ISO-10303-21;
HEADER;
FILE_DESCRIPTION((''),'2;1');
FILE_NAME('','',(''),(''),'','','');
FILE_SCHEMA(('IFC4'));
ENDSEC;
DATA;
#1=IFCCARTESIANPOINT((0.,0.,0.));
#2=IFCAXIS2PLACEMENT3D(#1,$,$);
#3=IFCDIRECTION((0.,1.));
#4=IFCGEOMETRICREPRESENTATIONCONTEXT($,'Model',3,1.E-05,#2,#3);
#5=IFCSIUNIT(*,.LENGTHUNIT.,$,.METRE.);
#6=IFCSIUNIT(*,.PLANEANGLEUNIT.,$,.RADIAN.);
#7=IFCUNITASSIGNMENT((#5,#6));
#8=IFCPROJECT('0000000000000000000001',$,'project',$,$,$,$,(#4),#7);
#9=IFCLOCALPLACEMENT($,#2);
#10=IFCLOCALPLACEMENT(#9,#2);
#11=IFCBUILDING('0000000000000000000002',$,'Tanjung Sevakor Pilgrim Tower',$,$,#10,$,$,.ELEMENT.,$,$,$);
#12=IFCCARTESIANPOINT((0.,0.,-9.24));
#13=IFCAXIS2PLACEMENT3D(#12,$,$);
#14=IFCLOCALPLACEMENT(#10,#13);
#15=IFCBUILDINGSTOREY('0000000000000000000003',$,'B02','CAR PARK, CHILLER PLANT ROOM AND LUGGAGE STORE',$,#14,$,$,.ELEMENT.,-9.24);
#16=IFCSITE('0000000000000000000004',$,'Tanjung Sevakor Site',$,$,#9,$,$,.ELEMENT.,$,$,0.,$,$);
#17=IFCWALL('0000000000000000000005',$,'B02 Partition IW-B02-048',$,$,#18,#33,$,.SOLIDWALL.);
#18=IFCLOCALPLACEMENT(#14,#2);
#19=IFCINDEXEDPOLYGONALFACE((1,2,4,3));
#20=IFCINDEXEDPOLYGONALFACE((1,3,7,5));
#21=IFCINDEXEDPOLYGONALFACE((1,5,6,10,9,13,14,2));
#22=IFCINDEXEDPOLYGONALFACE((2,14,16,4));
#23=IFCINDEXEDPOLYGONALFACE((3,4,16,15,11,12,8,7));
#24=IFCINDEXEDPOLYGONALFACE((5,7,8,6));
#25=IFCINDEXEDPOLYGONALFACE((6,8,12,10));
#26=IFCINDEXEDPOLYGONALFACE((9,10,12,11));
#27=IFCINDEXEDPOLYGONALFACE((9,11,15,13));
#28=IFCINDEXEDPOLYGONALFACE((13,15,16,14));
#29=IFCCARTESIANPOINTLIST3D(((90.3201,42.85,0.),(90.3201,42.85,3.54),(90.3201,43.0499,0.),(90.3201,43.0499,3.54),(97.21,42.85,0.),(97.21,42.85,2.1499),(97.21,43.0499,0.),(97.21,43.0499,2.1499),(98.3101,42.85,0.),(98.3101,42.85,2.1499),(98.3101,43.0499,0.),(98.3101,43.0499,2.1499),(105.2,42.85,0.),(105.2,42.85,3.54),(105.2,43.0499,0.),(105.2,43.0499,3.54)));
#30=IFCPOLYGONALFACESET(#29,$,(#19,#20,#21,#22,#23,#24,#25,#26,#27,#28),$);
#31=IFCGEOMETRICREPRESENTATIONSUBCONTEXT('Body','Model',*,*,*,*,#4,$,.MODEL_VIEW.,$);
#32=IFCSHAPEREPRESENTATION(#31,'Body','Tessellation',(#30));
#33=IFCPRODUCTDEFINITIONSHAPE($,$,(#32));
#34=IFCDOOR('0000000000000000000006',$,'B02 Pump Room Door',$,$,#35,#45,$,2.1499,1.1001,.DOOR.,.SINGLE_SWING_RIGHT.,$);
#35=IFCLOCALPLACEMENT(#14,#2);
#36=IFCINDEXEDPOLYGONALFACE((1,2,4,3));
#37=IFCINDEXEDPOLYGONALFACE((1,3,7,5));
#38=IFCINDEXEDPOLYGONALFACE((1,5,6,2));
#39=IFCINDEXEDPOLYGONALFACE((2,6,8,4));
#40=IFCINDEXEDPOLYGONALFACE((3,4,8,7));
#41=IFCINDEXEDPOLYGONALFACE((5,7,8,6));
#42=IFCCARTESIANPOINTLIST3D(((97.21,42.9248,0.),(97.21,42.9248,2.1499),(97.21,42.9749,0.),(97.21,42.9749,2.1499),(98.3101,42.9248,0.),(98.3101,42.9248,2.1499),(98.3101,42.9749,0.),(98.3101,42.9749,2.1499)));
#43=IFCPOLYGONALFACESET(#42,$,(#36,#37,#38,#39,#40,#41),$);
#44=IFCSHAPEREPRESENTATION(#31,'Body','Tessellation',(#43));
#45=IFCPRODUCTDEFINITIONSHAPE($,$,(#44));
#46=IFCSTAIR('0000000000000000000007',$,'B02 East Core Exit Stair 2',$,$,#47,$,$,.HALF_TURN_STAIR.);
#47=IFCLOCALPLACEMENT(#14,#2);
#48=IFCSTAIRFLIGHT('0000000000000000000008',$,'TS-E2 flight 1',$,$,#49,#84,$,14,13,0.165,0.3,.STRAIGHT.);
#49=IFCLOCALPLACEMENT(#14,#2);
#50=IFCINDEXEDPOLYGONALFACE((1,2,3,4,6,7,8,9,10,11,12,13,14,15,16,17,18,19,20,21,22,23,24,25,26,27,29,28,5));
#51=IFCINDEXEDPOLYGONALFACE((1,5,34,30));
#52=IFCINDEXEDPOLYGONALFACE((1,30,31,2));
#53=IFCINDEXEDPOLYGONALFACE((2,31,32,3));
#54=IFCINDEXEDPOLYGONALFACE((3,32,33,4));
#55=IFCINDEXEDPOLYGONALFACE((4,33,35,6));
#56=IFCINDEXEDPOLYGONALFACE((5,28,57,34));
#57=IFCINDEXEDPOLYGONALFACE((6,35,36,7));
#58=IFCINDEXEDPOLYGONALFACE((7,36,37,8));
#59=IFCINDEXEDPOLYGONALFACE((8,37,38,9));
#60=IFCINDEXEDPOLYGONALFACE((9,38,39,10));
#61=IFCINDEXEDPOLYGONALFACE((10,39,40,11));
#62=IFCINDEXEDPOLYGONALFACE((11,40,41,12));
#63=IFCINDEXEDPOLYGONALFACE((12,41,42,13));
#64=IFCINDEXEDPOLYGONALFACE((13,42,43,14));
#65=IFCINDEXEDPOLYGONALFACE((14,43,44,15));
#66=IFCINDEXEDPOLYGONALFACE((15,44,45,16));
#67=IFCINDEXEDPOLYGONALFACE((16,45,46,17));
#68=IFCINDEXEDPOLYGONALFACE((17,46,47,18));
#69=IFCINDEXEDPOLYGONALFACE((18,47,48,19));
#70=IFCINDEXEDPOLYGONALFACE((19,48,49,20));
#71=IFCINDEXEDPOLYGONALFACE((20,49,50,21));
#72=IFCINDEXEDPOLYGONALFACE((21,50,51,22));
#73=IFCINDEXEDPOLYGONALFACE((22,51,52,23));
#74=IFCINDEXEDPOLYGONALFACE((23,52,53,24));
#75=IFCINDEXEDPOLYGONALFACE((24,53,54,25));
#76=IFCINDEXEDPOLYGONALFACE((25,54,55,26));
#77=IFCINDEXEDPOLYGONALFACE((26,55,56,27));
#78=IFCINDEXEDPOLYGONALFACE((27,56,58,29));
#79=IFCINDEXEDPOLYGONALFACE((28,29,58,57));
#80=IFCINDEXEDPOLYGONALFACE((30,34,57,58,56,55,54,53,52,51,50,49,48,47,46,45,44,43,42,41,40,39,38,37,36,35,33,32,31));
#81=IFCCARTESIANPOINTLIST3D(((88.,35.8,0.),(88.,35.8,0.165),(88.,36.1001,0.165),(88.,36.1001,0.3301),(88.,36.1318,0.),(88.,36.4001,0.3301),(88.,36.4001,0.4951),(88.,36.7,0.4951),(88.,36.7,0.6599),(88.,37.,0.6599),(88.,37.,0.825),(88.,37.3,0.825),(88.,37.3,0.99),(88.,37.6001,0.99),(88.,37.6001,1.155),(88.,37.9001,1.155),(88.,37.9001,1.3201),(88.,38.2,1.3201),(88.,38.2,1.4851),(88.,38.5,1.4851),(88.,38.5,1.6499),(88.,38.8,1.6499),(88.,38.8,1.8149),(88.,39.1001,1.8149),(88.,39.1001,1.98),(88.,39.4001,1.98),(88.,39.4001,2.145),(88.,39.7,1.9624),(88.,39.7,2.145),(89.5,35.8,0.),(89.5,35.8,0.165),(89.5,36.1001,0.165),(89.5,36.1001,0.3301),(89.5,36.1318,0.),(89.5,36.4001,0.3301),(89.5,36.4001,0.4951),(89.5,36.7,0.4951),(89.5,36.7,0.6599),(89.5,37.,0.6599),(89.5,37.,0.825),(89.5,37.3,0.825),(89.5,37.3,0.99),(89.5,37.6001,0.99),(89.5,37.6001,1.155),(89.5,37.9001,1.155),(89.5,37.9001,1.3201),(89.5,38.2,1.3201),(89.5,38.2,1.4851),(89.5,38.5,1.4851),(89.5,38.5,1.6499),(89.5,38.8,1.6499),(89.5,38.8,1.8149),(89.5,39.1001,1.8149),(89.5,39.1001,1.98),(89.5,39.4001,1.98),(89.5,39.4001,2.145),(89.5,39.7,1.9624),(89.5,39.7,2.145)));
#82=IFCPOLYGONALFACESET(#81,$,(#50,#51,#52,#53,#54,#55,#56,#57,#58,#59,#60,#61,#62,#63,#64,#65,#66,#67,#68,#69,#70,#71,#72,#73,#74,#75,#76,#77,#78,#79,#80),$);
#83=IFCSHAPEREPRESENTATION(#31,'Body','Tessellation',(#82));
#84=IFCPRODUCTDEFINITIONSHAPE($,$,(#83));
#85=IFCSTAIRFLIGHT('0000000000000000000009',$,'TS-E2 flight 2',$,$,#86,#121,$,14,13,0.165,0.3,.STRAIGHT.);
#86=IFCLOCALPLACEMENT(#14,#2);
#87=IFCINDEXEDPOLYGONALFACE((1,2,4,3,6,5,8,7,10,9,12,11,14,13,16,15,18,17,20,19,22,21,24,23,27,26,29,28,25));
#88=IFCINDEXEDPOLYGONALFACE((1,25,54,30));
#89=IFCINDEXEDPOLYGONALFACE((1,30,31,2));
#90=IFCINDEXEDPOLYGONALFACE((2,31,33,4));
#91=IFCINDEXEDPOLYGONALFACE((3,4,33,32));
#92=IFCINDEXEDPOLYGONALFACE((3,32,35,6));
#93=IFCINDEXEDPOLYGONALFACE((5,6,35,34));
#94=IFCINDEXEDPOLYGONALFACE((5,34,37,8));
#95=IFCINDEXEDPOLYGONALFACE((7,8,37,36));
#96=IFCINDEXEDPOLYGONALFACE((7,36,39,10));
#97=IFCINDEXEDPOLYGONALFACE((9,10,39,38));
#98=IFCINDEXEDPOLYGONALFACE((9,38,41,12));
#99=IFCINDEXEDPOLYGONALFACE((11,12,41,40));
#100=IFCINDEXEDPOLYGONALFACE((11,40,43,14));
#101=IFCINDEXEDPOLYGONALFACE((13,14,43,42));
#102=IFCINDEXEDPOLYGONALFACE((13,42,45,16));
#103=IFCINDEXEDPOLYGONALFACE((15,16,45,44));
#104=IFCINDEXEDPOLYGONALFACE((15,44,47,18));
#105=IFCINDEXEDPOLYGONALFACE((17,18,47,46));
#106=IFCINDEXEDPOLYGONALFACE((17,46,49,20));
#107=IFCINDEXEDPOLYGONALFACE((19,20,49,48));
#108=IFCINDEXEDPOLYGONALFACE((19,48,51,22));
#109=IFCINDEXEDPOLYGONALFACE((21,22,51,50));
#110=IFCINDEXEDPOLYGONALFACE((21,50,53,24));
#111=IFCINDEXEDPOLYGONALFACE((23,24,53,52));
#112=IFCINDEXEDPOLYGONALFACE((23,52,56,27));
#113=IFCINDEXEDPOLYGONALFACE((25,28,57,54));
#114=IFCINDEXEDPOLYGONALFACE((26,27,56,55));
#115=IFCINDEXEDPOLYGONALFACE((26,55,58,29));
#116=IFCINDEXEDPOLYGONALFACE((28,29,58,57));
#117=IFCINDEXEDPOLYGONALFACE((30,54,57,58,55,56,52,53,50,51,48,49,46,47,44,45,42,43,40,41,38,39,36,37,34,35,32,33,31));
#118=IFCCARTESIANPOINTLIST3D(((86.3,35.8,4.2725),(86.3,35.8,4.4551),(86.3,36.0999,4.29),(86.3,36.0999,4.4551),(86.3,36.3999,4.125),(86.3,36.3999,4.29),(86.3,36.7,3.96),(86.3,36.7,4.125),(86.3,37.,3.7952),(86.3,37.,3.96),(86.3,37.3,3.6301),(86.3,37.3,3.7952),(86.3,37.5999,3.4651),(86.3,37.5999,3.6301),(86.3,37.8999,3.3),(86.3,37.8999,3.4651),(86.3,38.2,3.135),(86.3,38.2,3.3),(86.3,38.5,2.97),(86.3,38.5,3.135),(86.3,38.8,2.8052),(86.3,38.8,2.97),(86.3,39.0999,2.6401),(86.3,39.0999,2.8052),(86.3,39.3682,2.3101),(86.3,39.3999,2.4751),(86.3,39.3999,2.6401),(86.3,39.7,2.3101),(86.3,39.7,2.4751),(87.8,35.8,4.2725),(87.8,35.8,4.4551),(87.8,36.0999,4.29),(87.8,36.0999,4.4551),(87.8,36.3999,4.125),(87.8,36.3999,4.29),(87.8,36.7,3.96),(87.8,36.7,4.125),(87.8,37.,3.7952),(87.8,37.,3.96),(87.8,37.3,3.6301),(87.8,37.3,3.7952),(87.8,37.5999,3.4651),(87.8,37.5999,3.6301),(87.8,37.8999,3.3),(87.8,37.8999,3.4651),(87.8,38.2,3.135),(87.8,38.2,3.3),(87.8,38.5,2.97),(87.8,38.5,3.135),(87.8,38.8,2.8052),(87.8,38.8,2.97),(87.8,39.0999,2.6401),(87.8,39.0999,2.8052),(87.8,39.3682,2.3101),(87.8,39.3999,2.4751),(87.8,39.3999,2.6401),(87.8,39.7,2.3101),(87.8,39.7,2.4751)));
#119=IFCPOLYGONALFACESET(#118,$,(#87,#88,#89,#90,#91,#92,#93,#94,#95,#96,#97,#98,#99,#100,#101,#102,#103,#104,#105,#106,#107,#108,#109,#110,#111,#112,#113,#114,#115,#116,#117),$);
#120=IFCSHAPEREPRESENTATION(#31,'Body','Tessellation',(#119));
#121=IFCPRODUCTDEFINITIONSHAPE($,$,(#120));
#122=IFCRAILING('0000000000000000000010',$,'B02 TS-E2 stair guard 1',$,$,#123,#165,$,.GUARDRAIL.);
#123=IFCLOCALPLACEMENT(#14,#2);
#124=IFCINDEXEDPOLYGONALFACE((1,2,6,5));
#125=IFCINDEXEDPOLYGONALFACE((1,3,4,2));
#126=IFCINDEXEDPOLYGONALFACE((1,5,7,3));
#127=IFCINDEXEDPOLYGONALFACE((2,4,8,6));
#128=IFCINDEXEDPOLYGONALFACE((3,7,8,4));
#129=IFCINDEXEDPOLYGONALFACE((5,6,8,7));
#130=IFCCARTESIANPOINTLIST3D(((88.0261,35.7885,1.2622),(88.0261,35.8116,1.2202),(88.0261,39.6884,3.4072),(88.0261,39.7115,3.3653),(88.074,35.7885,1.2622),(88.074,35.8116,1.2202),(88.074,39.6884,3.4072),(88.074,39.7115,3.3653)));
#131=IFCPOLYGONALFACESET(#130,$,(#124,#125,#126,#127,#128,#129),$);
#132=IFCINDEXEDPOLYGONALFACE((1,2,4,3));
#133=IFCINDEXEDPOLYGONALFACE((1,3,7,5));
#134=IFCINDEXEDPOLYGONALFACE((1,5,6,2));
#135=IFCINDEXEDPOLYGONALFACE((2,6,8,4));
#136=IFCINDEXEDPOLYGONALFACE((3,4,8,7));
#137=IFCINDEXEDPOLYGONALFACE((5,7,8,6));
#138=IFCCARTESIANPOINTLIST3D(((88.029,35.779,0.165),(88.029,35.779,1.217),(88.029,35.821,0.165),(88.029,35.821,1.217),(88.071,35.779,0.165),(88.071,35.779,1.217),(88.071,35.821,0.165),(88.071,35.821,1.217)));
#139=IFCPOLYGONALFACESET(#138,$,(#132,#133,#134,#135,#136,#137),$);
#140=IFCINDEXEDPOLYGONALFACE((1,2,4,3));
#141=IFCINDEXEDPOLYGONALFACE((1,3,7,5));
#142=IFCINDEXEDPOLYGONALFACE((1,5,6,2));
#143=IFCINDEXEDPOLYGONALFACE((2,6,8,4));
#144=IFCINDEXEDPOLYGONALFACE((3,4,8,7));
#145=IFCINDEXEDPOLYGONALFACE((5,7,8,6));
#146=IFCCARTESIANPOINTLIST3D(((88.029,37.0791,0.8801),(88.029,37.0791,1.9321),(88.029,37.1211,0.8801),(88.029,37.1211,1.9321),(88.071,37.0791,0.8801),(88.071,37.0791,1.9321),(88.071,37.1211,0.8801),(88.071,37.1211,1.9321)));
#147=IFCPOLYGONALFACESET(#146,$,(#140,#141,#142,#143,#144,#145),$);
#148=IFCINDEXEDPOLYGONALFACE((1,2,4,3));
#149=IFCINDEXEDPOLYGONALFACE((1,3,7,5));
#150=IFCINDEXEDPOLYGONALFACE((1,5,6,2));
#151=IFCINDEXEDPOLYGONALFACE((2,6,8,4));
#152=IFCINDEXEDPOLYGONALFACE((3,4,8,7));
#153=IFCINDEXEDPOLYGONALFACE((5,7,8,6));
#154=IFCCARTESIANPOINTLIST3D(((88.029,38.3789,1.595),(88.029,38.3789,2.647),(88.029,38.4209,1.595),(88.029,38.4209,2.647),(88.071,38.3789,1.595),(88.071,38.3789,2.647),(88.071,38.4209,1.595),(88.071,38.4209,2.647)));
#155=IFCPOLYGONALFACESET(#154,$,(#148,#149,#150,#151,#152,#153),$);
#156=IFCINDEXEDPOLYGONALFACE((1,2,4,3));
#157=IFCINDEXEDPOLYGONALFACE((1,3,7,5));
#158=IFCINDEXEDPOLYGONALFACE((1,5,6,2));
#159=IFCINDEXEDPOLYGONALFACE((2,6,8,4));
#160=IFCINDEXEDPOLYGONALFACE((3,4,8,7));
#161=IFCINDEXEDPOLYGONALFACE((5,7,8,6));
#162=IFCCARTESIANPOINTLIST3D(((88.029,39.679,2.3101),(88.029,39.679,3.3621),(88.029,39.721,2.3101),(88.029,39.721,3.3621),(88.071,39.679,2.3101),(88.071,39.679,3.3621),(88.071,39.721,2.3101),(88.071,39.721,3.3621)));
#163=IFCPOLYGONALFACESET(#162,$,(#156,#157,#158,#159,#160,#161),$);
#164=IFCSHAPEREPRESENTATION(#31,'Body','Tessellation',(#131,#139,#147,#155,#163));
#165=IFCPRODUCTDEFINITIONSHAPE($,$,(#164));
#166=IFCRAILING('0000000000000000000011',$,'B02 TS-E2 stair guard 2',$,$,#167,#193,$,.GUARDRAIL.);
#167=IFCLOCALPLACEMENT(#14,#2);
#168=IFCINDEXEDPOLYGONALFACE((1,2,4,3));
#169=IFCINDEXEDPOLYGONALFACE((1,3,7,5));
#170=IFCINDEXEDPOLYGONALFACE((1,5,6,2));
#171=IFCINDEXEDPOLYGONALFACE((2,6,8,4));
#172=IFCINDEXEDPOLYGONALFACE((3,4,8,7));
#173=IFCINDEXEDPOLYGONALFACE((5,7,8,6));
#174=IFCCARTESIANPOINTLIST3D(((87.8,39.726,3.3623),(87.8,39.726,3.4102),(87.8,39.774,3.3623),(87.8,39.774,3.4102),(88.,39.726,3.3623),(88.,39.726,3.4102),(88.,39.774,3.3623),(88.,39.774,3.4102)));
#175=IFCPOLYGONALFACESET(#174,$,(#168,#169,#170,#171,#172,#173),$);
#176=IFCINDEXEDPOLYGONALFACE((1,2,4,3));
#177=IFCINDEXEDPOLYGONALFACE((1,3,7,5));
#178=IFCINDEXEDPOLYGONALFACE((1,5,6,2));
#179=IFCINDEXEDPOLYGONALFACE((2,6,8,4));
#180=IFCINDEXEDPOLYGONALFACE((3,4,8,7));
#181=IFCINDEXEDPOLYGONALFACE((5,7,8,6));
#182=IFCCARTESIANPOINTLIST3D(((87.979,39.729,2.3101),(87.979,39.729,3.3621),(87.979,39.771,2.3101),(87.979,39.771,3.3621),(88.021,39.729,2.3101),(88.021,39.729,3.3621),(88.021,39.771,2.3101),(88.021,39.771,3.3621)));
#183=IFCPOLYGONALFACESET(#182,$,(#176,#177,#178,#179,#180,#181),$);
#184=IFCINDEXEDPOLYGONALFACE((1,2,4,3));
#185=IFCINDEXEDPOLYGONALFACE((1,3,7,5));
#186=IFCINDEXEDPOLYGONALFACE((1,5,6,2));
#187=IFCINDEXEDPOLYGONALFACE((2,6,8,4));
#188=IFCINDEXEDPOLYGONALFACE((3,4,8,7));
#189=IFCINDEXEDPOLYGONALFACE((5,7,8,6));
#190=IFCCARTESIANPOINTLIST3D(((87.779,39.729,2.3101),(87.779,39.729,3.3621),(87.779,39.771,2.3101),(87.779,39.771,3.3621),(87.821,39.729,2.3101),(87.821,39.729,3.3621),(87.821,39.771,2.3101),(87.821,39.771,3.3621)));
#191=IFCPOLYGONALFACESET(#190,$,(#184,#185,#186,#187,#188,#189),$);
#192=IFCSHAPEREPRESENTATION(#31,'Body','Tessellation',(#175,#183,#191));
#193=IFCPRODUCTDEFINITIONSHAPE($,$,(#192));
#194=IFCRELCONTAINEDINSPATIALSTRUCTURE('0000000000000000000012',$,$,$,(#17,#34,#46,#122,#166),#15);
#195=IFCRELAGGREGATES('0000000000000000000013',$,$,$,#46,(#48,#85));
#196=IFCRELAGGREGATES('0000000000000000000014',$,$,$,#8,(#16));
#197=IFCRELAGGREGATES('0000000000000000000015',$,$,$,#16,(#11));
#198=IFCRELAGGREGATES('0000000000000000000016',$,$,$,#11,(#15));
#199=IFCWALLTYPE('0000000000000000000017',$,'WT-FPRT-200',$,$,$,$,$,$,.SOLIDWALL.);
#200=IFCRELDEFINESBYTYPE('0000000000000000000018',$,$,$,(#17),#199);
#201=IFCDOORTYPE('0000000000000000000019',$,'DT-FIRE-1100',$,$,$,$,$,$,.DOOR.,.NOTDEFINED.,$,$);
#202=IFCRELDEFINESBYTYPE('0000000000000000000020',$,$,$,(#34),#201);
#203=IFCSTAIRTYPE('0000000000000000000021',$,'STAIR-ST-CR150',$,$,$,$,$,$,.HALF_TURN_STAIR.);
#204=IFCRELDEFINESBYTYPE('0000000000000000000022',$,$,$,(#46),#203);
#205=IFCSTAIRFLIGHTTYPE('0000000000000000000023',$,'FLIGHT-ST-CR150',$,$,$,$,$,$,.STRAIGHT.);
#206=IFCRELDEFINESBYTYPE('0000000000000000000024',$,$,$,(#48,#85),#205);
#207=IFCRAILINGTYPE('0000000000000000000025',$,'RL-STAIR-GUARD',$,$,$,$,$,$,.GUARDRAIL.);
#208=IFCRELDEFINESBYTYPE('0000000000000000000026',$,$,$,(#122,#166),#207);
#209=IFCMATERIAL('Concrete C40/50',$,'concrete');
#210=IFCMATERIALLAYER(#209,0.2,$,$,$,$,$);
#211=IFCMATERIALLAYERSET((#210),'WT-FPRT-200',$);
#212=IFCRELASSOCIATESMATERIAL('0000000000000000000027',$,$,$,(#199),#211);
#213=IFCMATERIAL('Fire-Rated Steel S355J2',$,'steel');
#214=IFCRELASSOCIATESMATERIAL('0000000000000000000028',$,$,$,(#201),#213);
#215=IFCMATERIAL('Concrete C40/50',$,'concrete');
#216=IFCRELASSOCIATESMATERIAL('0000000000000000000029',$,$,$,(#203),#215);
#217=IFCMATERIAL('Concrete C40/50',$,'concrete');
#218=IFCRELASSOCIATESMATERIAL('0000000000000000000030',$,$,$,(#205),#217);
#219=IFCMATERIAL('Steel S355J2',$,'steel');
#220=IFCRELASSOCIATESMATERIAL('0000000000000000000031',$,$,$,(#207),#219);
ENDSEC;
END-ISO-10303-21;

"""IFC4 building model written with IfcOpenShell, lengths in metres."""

from ifc_helpers import new_model, si_unit, direction, frame, frame_2d, origin, place, context, subcontext, project, spatial, polyline, rectangle, outline, extrude, material, layer, layer_set, type_object, element, fill, aggregate, save


model = new_model("IFC4")

# Units and contexts
model_context = context("Model", 3, precision=1e-05, world=origin(), true_north=direction((0.0, 1.0)))
body_context = subcontext(model_context, "Body", "Model", "MODEL_VIEW")
ifc_project = project(units=[si_unit("LENGTHUNIT", "METRE"), si_unit("PLANEANGLEUNIT", "RADIAN")], contexts=[model_context])

# Site, building, storey
site_placement = place(None, origin())
site = spatial("IfcSite", under=ifc_project, at=site_placement, Name="Tanjung Sevakor Site", CompositionType="ELEMENT", RefElevation=0.0)
building_placement = place(site_placement, origin())
building = spatial("IfcBuilding", under=site, at=building_placement, Name="Tanjung Sevakor Pilgrim Tower", CompositionType="ELEMENT")
storey_placement = place(building_placement, frame((0.0, 0.0, -9.24)))
storey = spatial("IfcBuildingStorey", under=building, at=storey_placement, Name="B02", Description="CAR PARK, CHILLER PLANT ROOM AND LUGGAGE STORE", CompositionType="ELEMENT", Elevation=-9.24)

# Shared definitions
ifc_material_1 = material(Name="Concrete C40/50", Category="concrete")
ifc_layer_1 = layer(ifc_material_1, 0.2)
ifc_layer_set_1 = layer_set([ifc_layer_1], Name="WT-FPRT-200")
wall_type_1 = type_object("IfcWallType", Name="WT-FPRT-200", PredefinedType="SOLIDWALL", material=ifc_layer_set_1)

# Wall, opening, door
wall_1_placement = place(storey_placement, frame((90.3201, 42.95, 0.0), z_axis=(0.0, 0.0, 1.0), x_axis=(1.0, 0.0, 0.0)))
wall_1 = element("IfcWall", 1, at=wall_1_placement, inside=storey, type_object=wall_type_1, Name="B02 Partition IW-B02-048", PredefinedType="SOLIDWALL", context=body_context, shape_type="SweptSolid", body=[
    extrude(rectangle(XDim=14.8799, YDim=0.2, at=frame_2d((7.4399, 0.0))), origin(), (0.0, 0.0, 1.0), 3.54),
])
opening_placement = place(wall_1_placement, frame((6.8899, 0.0, 0.0)))
opening = element("IfcOpeningElement", 2, at=opening_placement, cuts=wall_1, PredefinedType="OPENING", context=body_context, shape_type="SweptSolid", body=[
    extrude(rectangle(XDim=1.1001, YDim=2.1499, at=frame_2d((0.55, 1.075))), frame((0.0, 0.1099, 0.0), z_axis=(0.0, -1.0, 0.0), x_axis=(1.0, 0.0, 0.0)), (0.0, 0.0, 1.0), 0.22),
])
ifc_material_2 = material(Name="Fire-Rated Steel S355J2", Category="steel")
door_type = type_object("IfcDoorType", Name="DT-FIRE-1100", OperationType="NOTDEFINED", PredefinedType="DOOR", material=ifc_material_2)
door_placement = place(opening_placement, origin())
door = element("IfcDoor", 3, at=door_placement, inside=storey, type_object=door_type, Name="B02 Pump Room Door", OperationType="SINGLE_SWING_RIGHT", OverallHeight=2.1499, OverallWidth=1.1001, PredefinedType="DOOR", context=body_context, shape_type="SweptSolid", body=[
    extrude(rectangle(XDim=1.1001, YDim=2.1499, at=frame_2d((0.55, 1.075))), frame((0.0, 0.0249, 0.0), z_axis=(0.0, -1.0, 0.0), x_axis=(1.0, 0.0, 0.0)), (0.0, 0.0, 1.0), 0.05),
])
fill(opening, door)

# Stair, stair flights
ifc_material_3 = material(Name="Concrete C40/50", Category="concrete")
stair_type = type_object("IfcStairType", Name="STAIR-ST-CR150", PredefinedType="HALF_TURN_STAIR", material=ifc_material_3)
stair_placement = place(storey_placement, origin())
stair = element("IfcStair", 4, at=stair_placement, inside=storey, type_object=stair_type, Name="B02 East Core Exit Stair 2", PredefinedType="HALF_TURN_STAIR")
ifc_material_4 = material(Name="Concrete C40/50", Category="concrete")
stair_flight_type = type_object("IfcStairFlightType", Name="FLIGHT-ST-CR150", PredefinedType="STRAIGHT", material=ifc_material_4)
stair_flight_1_placement = place(storey_placement, frame((88.75, 35.8, 0.0), z_axis=(0.0, 0.0, 1.0), x_axis=(0.0, 1.0, 0.0)))
stair_flight_1 = element("IfcStairFlight", 5, at=stair_flight_1_placement, type_object=stair_flight_type, Name="TS-E2 flight 1", NumberOfRisers=14, NumberOfTreads=13, PredefinedType="STRAIGHT", RiserHeight=0.165, TreadLength=0.3, context=body_context, shape_type="SweptSolid", body=[
    extrude(outline(polyline([(0.0, 0.0), (0.0, 0.165), (0.3, 0.165), (0.3, 0.3301), (0.6001, 0.3301), (0.6001, 0.4951), (0.8999, 0.4951), (0.8999, 0.6599), (1.2, 0.6599), (1.2, 0.825), (1.5, 0.825), (1.5, 0.99), (1.8, 0.99), (1.8, 1.155), (2.1001, 1.155), (2.1001, 1.3201), (2.3999, 1.3201), (2.3999, 1.4851), (2.7, 1.4851), (2.7, 1.6499), (3.0, 1.6499), (3.0, 1.8149), (3.3, 1.8149), (3.3, 1.98), (3.6001, 1.98), (3.6001, 2.145), (3.8999, 2.145), (3.8999, 2.3101), (3.8999, 1.9624), (0.3318, 0.0), (0.0, 0.0)])), frame((0.0, 0.75, 0.0), z_axis=(0.0, -1.0, 0.0), x_axis=(1.0, 0.0, 0.0)), (0.0, 0.0, 1.0), 1.5),
])
stair_flight_2_placement = place(storey_placement, frame((87.05, 39.7, 2.3101), z_axis=(0.0, 0.0, 1.0), x_axis=(0.0, -1.0, 0.0)))
stair_flight_2 = element("IfcStairFlight", 6, at=stair_flight_2_placement, type_object=stair_flight_type, Name="TS-E2 flight 2", NumberOfRisers=14, NumberOfTreads=13, PredefinedType="STRAIGHT", RiserHeight=0.165, TreadLength=0.3, context=body_context, shape_type="SweptSolid", body=[
    extrude(outline(polyline([(0.0, 0.0), (0.0, 0.165), (0.3, 0.165), (0.3, 0.3301), (0.6001, 0.3301), (0.6001, 0.4951), (0.8999, 0.4951), (0.8999, 0.6599), (1.2, 0.6599), (1.2, 0.825), (1.5, 0.825), (1.5, 0.99), (1.8, 0.99), (1.8, 1.155), (2.1001, 1.155), (2.1001, 1.3201), (2.3999, 1.3201), (2.3999, 1.4851), (2.7, 1.4851), (2.7, 1.6499), (3.0, 1.6499), (3.0, 1.8149), (3.3, 1.8149), (3.3, 1.98), (3.6001, 1.98), (3.6001, 2.145), (3.8999, 2.145), (3.8999, 2.3101), (3.8999, 1.9624), (0.3318, 0.0), (0.0, 0.0)])), frame((0.0, 0.75, 0.0), z_axis=(0.0, -1.0, 0.0), x_axis=(1.0, 0.0, 0.0)), (0.0, 0.0, 1.0), 1.5),
])
aggregate(stair, [stair_flight_1, stair_flight_2])

# Railings
ifc_material_5 = material(Name="Steel S355J2", Category="steel")
railing_type_1 = type_object("IfcRailingType", Name="RL-STAIR-GUARD", PredefinedType="GUARDRAIL", material=ifc_material_5)
railing_1_placement = place(storey_placement, frame((88.05, 35.8, 0.165)))
element("IfcRailing", 7, at=railing_1_placement, inside=storey, type_object=railing_type_1, Name="B02 TS-E2 stair guard 1", PredefinedType="GUARDRAIL", context=body_context, shape_type="SweptSolid", body=[
    extrude(rectangle(XDim=0.0479, YDim=0.0479), frame((0.0, 0.0, 1.0762), z_axis=(0.0, 0.876209, 0.481931), x_axis=(-1.0, 0.0, 0.0)), (0.0, 0.0, 1.0), 4.4509),
    extrude(rectangle(XDim=0.042, YDim=0.042), origin(), (0.0, 0.0, 1.0), 1.052),
    extrude(rectangle(XDim=0.042, YDim=0.042), frame((0.0, 1.3, 0.7151)), (0.0, 0.0, 1.0), 1.052),
    extrude(rectangle(XDim=0.042, YDim=0.042), frame((0.0, 2.5999, 1.4299)), (0.0, 0.0, 1.0), 1.052),
    extrude(rectangle(XDim=0.042, YDim=0.042), frame((0.0, 3.8999, 2.145)), (0.0, 0.0, 1.0), 1.052),
])
railing_2_placement = place(storey_placement, frame((88.0, 39.75, 2.3101)))
element("IfcRailing", 8, at=railing_2_placement, inside=storey, type_object=railing_type_1, Name="B02 TS-E2 stair guard 2", PredefinedType="GUARDRAIL", context=body_context, shape_type="SweptSolid", body=[
    extrude(rectangle(XDim=0.0479, YDim=0.0479), frame((0.0, 0.0, 1.0762), z_axis=(-1.0, 0.0, 0.0), x_axis=(0.0, -1.0, 0.0)), (0.0, 0.0, 1.0), 0.2),
    extrude(rectangle(XDim=0.042, YDim=0.042), origin(), (0.0, 0.0, 1.0), 1.052),
    extrude(rectangle(XDim=0.042, YDim=0.042), frame((-0.2, 0.0, 0.0)), (0.0, 0.0, 1.0), 1.052),
])

save(model, "model.ifc")
